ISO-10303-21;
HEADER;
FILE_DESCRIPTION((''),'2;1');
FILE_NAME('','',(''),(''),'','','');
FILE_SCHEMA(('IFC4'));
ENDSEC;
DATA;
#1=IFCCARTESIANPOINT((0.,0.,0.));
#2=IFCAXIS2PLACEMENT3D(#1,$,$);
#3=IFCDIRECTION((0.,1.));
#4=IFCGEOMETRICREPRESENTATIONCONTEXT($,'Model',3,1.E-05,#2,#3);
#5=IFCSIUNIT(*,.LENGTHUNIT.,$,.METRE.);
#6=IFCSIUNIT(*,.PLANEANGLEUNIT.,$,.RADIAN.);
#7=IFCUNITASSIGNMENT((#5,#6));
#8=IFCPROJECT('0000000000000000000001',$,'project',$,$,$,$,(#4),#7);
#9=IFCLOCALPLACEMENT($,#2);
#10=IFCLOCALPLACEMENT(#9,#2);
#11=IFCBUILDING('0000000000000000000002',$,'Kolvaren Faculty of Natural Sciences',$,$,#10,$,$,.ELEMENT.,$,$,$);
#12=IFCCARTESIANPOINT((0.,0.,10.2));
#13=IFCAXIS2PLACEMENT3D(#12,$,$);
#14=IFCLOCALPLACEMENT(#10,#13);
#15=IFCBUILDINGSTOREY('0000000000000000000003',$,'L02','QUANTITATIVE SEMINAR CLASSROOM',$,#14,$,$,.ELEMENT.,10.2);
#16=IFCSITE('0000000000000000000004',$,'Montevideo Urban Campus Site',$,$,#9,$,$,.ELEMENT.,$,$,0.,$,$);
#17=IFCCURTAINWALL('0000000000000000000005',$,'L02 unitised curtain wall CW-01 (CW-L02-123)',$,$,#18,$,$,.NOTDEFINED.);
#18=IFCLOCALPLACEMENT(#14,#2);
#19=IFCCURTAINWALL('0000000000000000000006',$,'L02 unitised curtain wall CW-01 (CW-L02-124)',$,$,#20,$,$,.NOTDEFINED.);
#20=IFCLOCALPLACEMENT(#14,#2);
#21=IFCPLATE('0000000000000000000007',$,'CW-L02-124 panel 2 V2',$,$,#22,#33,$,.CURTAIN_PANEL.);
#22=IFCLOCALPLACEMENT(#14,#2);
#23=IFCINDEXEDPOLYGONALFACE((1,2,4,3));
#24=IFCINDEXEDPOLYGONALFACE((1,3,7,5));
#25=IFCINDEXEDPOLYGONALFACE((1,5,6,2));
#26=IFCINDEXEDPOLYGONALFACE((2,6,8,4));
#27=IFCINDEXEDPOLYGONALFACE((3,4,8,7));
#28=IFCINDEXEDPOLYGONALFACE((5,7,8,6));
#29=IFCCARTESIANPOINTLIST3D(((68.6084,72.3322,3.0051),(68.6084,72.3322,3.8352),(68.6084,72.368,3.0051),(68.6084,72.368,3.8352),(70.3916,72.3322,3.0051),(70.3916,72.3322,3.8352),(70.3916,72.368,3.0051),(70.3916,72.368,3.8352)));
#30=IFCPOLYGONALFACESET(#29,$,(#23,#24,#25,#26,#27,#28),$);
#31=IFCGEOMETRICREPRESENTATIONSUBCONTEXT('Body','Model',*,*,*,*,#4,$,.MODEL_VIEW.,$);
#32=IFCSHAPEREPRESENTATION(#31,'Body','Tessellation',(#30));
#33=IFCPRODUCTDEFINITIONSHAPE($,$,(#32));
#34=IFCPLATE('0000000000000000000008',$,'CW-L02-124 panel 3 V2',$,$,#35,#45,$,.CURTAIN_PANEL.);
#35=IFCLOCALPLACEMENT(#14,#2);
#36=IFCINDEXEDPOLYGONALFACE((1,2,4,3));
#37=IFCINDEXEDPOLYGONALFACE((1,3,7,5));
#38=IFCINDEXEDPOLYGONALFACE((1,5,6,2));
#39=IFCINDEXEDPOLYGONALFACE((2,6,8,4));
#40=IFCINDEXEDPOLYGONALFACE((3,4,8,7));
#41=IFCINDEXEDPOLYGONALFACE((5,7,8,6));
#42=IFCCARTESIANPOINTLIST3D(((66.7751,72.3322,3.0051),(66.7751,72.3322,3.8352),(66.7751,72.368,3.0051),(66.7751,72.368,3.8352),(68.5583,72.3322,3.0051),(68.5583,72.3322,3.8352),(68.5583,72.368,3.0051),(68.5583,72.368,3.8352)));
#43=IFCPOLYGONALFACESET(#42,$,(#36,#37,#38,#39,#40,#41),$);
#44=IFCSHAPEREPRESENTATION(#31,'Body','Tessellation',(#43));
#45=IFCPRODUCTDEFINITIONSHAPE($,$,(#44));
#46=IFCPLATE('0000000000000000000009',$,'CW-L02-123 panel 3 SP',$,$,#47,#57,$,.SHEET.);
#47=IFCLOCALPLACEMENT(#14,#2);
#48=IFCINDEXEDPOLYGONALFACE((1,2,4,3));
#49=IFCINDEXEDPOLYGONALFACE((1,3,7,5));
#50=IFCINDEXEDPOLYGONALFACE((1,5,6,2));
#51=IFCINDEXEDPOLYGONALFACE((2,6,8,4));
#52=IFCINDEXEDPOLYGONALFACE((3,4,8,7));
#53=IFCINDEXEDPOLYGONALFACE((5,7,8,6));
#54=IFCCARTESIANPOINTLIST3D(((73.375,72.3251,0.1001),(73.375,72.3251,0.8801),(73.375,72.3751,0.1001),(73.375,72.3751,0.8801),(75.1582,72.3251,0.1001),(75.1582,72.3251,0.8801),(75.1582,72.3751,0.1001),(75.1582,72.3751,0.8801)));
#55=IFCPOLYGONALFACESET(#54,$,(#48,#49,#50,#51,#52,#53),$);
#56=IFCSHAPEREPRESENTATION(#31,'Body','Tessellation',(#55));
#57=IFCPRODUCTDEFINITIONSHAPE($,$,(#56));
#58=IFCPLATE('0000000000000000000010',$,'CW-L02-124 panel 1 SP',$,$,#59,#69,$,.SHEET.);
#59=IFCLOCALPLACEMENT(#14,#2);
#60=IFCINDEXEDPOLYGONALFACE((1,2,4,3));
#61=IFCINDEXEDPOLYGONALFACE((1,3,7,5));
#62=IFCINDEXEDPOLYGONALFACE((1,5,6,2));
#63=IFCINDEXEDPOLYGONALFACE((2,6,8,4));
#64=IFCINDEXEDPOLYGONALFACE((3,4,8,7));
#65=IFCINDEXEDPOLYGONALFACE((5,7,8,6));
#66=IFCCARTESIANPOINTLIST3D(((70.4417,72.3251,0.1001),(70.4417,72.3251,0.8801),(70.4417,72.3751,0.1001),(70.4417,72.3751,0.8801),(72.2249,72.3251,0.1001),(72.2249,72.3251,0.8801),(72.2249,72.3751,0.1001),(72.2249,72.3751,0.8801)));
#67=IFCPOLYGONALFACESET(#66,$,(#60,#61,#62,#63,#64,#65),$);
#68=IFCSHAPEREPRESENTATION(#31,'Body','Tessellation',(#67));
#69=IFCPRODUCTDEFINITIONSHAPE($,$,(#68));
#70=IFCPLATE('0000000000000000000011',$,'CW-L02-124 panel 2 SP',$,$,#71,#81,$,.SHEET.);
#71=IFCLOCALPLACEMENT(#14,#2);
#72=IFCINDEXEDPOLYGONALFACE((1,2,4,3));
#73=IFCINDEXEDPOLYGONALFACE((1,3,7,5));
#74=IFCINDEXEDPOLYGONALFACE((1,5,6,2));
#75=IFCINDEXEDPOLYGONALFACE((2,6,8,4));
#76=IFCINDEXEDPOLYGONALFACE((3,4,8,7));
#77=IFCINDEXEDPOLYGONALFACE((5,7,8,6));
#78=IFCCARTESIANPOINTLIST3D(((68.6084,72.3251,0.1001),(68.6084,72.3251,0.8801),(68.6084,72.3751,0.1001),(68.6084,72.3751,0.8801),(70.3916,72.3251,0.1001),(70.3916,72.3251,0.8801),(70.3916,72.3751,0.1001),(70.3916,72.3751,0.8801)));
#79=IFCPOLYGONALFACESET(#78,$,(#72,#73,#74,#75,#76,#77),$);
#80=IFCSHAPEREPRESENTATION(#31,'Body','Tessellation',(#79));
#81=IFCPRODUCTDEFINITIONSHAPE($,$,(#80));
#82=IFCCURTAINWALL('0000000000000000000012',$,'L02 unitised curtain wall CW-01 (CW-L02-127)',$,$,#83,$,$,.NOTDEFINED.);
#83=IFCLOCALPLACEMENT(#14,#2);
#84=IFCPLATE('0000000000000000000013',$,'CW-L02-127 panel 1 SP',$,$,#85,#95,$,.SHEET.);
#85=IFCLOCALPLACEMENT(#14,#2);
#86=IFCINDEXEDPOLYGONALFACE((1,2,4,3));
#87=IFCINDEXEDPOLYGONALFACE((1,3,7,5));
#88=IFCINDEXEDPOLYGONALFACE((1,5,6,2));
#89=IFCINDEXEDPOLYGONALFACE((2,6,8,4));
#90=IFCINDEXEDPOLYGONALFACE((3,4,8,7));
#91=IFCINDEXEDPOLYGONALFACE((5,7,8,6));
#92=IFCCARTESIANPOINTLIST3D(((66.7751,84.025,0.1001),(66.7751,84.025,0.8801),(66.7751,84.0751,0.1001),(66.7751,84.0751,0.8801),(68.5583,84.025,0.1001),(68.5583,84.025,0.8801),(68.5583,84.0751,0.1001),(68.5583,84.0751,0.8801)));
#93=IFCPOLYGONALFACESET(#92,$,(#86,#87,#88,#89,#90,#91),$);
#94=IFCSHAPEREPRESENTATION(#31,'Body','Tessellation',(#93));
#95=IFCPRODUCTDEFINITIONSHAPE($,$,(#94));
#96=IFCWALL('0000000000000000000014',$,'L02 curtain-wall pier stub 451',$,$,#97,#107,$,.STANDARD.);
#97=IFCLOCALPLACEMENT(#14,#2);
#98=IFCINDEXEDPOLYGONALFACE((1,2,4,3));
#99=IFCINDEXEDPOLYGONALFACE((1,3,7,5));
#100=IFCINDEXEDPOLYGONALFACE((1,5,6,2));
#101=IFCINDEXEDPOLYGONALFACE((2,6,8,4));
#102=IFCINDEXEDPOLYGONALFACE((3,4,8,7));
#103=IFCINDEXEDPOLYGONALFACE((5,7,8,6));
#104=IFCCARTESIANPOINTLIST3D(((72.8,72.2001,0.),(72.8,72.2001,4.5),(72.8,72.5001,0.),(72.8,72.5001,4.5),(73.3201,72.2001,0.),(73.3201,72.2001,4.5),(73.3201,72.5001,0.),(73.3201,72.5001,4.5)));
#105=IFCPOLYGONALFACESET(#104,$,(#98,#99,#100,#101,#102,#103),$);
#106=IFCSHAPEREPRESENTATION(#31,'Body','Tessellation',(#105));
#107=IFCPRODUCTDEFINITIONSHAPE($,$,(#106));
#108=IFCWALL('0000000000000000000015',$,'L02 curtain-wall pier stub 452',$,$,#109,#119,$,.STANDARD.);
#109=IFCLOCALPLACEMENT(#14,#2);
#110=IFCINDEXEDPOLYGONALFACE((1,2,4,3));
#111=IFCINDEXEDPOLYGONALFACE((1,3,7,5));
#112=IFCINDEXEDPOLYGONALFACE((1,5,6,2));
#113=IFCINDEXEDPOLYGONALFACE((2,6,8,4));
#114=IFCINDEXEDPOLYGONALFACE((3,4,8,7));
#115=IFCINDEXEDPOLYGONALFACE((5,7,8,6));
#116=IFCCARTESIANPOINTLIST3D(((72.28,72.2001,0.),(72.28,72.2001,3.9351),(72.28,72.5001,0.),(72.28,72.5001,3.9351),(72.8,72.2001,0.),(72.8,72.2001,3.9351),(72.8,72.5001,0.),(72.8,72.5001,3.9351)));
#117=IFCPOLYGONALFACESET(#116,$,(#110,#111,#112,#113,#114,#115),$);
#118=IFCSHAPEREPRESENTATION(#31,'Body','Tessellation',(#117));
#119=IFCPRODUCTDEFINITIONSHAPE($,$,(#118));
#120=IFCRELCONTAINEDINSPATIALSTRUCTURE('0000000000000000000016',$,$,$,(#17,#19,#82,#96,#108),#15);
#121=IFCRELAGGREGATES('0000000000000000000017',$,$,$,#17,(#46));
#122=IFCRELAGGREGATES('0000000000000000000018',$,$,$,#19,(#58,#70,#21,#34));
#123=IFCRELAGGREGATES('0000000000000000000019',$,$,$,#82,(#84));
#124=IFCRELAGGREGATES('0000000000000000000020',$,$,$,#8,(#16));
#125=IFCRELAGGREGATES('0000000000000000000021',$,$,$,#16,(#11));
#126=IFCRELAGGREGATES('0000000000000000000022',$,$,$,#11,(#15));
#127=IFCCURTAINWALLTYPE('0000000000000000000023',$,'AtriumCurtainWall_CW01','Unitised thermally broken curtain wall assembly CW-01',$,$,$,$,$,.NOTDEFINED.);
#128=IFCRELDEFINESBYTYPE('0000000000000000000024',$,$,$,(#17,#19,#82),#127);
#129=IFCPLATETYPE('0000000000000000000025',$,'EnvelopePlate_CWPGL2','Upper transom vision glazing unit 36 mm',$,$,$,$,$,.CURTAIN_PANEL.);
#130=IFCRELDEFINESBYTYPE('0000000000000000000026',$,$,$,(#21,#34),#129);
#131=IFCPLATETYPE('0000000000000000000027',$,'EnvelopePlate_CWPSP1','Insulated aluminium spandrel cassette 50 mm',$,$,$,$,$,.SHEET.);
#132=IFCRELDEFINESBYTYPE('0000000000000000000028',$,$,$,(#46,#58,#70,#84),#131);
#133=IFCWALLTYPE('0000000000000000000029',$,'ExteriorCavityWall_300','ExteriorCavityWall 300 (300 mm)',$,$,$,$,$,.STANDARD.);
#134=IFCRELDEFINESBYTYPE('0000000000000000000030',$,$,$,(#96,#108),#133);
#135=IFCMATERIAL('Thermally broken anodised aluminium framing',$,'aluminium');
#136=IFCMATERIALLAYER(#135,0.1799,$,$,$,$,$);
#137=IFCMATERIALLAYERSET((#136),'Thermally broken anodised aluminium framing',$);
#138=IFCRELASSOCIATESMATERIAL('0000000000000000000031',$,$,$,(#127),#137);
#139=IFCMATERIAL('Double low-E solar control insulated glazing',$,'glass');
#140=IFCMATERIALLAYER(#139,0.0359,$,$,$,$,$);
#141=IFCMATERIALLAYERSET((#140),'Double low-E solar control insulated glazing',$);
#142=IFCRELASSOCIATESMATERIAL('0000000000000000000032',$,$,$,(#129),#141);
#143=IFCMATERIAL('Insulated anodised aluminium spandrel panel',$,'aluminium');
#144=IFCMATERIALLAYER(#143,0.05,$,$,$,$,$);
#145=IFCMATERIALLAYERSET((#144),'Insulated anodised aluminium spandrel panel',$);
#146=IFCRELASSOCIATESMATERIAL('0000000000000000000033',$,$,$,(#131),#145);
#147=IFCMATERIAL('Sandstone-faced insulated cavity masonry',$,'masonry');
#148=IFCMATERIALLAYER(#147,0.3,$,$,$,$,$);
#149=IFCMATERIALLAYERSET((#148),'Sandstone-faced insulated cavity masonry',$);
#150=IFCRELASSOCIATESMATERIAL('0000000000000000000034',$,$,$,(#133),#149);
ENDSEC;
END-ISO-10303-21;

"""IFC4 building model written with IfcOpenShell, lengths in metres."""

from ifc_helpers import new_model, si_unit, direction, frame, frame_2d, origin, origin_2d, place, context, subcontext, project, spatial, rectangle, extrude, material, layer, layer_set, type_object, element, aggregate, save


model = new_model("IFC4")

# Units and contexts
model_context = context("Model", 3, precision=1e-05, world=origin(), true_north=direction((0.0, 1.0)))
body_context = subcontext(model_context, "Body", "Model", "MODEL_VIEW")
ifc_project = project(units=[si_unit("LENGTHUNIT", "METRE"), si_unit("PLANEANGLEUNIT", "RADIAN")], contexts=[model_context])

# Site, building, storey
site_placement = place(None, origin())
site = spatial("IfcSite", under=ifc_project, at=site_placement, Name="Montevideo Urban Campus Site", CompositionType="ELEMENT", RefElevation=0.0)
building_placement = place(site_placement, origin())
building = spatial("IfcBuilding", under=site, at=building_placement, Name="Kolvaren Faculty of Natural Sciences", CompositionType="ELEMENT")
storey_placement = place(building_placement, frame((0.0, 0.0, 10.2)))
storey = spatial("IfcBuildingStorey", under=building, at=storey_placement, Name="L02", Description="QUANTITATIVE SEMINAR CLASSROOM", CompositionType="ELEMENT", Elevation=10.2)

# Curtain wall
ifc_material_1 = material(Name="Thermally broken anodised aluminium framing", Category="aluminium")
ifc_layer_1 = layer(ifc_material_1, 0.1799)
ifc_layer_set_1 = layer_set([ifc_layer_1], Name="Thermally broken anodised aluminium framing")
curtain_wall_type = type_object("IfcCurtainWallType", Name="AtriumCurtainWall_CW01", Description="Unitised thermally broken curtain wall assembly CW-01", PredefinedType="NOTDEFINED", material=ifc_layer_set_1)
curtain_wall_1_placement = place(storey_placement, origin())
curtain_wall_1 = element("IfcCurtainWall", 1, at=curtain_wall_1_placement, inside=storey, type_object=curtain_wall_type, Name="L02 unitised curtain wall CW-01 (CW-L02-123)", PredefinedType="NOTDEFINED")

# Curtain wall
curtain_wall_2_placement = place(storey_placement, origin())
curtain_wall_2 = element("IfcCurtainWall", 2, at=curtain_wall_2_placement, inside=storey, type_object=curtain_wall_type, Name="L02 unitised curtain wall CW-01 (CW-L02-124)", PredefinedType="NOTDEFINED")

# Plates
ifc_material_2 = material(Name="Double low-E solar control insulated glazing", Category="glass")
ifc_layer_2 = layer(ifc_material_2, 0.0359)
ifc_layer_set_2 = layer_set([ifc_layer_2], Name="Double low-E solar control insulated glazing")
plate_type_1 = type_object("IfcPlateType", Name="EnvelopePlate_CWPGL2", Description="Upper transom vision glazing unit 36 mm", PredefinedType="CURTAIN_PANEL", material=ifc_layer_set_2)
plate_1_placement = place(storey_placement, frame((69.5, 72.3501, 3.0051), z_axis=(0.0, 0.0, 1.0), x_axis=(-1.0, 0.0, 0.0)))
plate_1 = element("IfcPlate", 3, at=plate_1_placement, type_object=plate_type_1, Name="CW-L02-124 panel 2 V2", PredefinedType="CURTAIN_PANEL", context=body_context, shape_type="SweptSolid", body=[
    extrude(rectangle(XDim=1.7832, YDim=0.0359, at=origin_2d()), origin(), (0.0, 0.0, 1.0), 0.8301),
])
plate_2_placement = place(storey_placement, frame((67.6667, 72.3501, 3.0051), z_axis=(0.0, 0.0, 1.0), x_axis=(-1.0, 0.0, 0.0)))
plate_2 = element("IfcPlate", 4, at=plate_2_placement, type_object=plate_type_1, Name="CW-L02-124 panel 3 V2", PredefinedType="CURTAIN_PANEL", context=body_context, shape_type="SweptSolid", body=[
    extrude(rectangle(XDim=1.7832, YDim=0.0359, at=origin_2d()), origin(), (0.0, 0.0, 1.0), 0.8301),
])
ifc_material_3 = material(Name="Insulated anodised aluminium spandrel panel", Category="aluminium")
ifc_layer_3 = layer(ifc_material_3, 0.05)
ifc_layer_set_3 = layer_set([ifc_layer_3], Name="Insulated anodised aluminium spandrel panel")
plate_type_2 = type_object("IfcPlateType", Name="EnvelopePlate_CWPSP1", Description="Insulated aluminium spandrel cassette 50 mm", PredefinedType="SHEET", material=ifc_layer_set_3)
plate_3_placement = place(storey_placement, frame((74.2666, 72.3501, 0.1001), z_axis=(0.0, 0.0, 1.0), x_axis=(-1.0, 0.0, 0.0)))
plate_3 = element("IfcPlate", 5, at=plate_3_placement, type_object=plate_type_2, Name="CW-L02-123 panel 3 SP", PredefinedType="SHEET", context=body_context, shape_type="SweptSolid", body=[
    extrude(rectangle(XDim=1.7832, YDim=0.05, at=origin_2d()), origin(), (0.0, 0.0, 1.0), 0.78),
])
aggregate(curtain_wall_1, [plate_3])
plate_4_placement = place(storey_placement, frame((71.3333, 72.3501, 0.1001), z_axis=(0.0, 0.0, 1.0), x_axis=(-1.0, 0.0, 0.0)))
plate_4 = element("IfcPlate", 6, at=plate_4_placement, type_object=plate_type_2, Name="CW-L02-124 panel 1 SP", PredefinedType="SHEET", context=body_context, shape_type="SweptSolid", body=[
    extrude(rectangle(XDim=1.7832, YDim=0.05, at=origin_2d()), origin(), (0.0, 0.0, 1.0), 0.78),
])
plate_5_placement = place(storey_placement, frame((69.5, 72.3501, 0.1001), z_axis=(0.0, 0.0, 1.0), x_axis=(-1.0, 0.0, 0.0)))
plate_5 = element("IfcPlate", 7, at=plate_5_placement, type_object=plate_type_2, Name="CW-L02-124 panel 2 SP", PredefinedType="SHEET", context=body_context, shape_type="SweptSolid", body=[
    extrude(rectangle(XDim=1.7832, YDim=0.05, at=origin_2d()), origin(), (0.0, 0.0, 1.0), 0.78),
])
aggregate(curtain_wall_2, [plate_4, plate_5, plate_1, plate_2])

# Curtain wall, plate
curtain_wall_3_placement = place(storey_placement, origin())
curtain_wall_3 = element("IfcCurtainWall", 8, at=curtain_wall_3_placement, inside=storey, type_object=curtain_wall_type, Name="L02 unitised curtain wall CW-01 (CW-L02-127)", PredefinedType="NOTDEFINED")
plate_6_placement = place(storey_placement, frame((67.6667, 84.05, 0.1001), z_axis=(0.0, 0.0, 1.0), x_axis=(1.0, 0.0, 0.0)))
plate_6 = element("IfcPlate", 9, at=plate_6_placement, type_object=plate_type_2, Name="CW-L02-127 panel 1 SP", PredefinedType="SHEET", context=body_context, shape_type="SweptSolid", body=[
    extrude(rectangle(XDim=1.7832, YDim=0.05, at=origin_2d()), origin(), (0.0, 0.0, 1.0), 0.78),
])
aggregate(curtain_wall_3, [plate_6])

# Walls
ifc_material_4 = material(Name="Sandstone-faced insulated cavity masonry", Category="masonry")
ifc_layer_4 = layer(ifc_material_4, 0.3)
ifc_layer_set_4 = layer_set([ifc_layer_4], Name="Sandstone-faced insulated cavity masonry")
wall_type = type_object("IfcWallType", Name="ExteriorCavityWall_300", Description="ExteriorCavityWall 300 (300 mm)", PredefinedType="STANDARD", material=ifc_layer_set_4)
wall_1_placement = place(storey_placement, frame((73.3201, 72.3501, 0.0), z_axis=(0.0, 0.0, 1.0), x_axis=(-1.0, 0.0, 0.0)))
element("IfcWall", 10, at=wall_1_placement, inside=storey, type_object=wall_type, Name="L02 curtain-wall pier stub 451", PredefinedType="STANDARD", context=body_context, shape_type="SweptSolid", body=[
    extrude(rectangle(XDim=0.52, YDim=0.3, at=frame_2d((0.26, 0.0))), origin(), (0.0, 0.0, 1.0), 4.5),
])
wall_2_placement = place(storey_placement, frame((72.8, 72.3501, 0.0), z_axis=(0.0, 0.0, 1.0), x_axis=(-1.0, 0.0, 0.0)))
element("IfcWall", 11, at=wall_2_placement, inside=storey, type_object=wall_type, Name="L02 curtain-wall pier stub 452", PredefinedType="STANDARD", context=body_context, shape_type="SweptSolid", body=[
    extrude(rectangle(XDim=0.52, YDim=0.3, at=frame_2d((0.26, 0.0))), origin(), (0.0, 0.0, 1.0), 3.9351),
])

save(model, "model.ifc")
